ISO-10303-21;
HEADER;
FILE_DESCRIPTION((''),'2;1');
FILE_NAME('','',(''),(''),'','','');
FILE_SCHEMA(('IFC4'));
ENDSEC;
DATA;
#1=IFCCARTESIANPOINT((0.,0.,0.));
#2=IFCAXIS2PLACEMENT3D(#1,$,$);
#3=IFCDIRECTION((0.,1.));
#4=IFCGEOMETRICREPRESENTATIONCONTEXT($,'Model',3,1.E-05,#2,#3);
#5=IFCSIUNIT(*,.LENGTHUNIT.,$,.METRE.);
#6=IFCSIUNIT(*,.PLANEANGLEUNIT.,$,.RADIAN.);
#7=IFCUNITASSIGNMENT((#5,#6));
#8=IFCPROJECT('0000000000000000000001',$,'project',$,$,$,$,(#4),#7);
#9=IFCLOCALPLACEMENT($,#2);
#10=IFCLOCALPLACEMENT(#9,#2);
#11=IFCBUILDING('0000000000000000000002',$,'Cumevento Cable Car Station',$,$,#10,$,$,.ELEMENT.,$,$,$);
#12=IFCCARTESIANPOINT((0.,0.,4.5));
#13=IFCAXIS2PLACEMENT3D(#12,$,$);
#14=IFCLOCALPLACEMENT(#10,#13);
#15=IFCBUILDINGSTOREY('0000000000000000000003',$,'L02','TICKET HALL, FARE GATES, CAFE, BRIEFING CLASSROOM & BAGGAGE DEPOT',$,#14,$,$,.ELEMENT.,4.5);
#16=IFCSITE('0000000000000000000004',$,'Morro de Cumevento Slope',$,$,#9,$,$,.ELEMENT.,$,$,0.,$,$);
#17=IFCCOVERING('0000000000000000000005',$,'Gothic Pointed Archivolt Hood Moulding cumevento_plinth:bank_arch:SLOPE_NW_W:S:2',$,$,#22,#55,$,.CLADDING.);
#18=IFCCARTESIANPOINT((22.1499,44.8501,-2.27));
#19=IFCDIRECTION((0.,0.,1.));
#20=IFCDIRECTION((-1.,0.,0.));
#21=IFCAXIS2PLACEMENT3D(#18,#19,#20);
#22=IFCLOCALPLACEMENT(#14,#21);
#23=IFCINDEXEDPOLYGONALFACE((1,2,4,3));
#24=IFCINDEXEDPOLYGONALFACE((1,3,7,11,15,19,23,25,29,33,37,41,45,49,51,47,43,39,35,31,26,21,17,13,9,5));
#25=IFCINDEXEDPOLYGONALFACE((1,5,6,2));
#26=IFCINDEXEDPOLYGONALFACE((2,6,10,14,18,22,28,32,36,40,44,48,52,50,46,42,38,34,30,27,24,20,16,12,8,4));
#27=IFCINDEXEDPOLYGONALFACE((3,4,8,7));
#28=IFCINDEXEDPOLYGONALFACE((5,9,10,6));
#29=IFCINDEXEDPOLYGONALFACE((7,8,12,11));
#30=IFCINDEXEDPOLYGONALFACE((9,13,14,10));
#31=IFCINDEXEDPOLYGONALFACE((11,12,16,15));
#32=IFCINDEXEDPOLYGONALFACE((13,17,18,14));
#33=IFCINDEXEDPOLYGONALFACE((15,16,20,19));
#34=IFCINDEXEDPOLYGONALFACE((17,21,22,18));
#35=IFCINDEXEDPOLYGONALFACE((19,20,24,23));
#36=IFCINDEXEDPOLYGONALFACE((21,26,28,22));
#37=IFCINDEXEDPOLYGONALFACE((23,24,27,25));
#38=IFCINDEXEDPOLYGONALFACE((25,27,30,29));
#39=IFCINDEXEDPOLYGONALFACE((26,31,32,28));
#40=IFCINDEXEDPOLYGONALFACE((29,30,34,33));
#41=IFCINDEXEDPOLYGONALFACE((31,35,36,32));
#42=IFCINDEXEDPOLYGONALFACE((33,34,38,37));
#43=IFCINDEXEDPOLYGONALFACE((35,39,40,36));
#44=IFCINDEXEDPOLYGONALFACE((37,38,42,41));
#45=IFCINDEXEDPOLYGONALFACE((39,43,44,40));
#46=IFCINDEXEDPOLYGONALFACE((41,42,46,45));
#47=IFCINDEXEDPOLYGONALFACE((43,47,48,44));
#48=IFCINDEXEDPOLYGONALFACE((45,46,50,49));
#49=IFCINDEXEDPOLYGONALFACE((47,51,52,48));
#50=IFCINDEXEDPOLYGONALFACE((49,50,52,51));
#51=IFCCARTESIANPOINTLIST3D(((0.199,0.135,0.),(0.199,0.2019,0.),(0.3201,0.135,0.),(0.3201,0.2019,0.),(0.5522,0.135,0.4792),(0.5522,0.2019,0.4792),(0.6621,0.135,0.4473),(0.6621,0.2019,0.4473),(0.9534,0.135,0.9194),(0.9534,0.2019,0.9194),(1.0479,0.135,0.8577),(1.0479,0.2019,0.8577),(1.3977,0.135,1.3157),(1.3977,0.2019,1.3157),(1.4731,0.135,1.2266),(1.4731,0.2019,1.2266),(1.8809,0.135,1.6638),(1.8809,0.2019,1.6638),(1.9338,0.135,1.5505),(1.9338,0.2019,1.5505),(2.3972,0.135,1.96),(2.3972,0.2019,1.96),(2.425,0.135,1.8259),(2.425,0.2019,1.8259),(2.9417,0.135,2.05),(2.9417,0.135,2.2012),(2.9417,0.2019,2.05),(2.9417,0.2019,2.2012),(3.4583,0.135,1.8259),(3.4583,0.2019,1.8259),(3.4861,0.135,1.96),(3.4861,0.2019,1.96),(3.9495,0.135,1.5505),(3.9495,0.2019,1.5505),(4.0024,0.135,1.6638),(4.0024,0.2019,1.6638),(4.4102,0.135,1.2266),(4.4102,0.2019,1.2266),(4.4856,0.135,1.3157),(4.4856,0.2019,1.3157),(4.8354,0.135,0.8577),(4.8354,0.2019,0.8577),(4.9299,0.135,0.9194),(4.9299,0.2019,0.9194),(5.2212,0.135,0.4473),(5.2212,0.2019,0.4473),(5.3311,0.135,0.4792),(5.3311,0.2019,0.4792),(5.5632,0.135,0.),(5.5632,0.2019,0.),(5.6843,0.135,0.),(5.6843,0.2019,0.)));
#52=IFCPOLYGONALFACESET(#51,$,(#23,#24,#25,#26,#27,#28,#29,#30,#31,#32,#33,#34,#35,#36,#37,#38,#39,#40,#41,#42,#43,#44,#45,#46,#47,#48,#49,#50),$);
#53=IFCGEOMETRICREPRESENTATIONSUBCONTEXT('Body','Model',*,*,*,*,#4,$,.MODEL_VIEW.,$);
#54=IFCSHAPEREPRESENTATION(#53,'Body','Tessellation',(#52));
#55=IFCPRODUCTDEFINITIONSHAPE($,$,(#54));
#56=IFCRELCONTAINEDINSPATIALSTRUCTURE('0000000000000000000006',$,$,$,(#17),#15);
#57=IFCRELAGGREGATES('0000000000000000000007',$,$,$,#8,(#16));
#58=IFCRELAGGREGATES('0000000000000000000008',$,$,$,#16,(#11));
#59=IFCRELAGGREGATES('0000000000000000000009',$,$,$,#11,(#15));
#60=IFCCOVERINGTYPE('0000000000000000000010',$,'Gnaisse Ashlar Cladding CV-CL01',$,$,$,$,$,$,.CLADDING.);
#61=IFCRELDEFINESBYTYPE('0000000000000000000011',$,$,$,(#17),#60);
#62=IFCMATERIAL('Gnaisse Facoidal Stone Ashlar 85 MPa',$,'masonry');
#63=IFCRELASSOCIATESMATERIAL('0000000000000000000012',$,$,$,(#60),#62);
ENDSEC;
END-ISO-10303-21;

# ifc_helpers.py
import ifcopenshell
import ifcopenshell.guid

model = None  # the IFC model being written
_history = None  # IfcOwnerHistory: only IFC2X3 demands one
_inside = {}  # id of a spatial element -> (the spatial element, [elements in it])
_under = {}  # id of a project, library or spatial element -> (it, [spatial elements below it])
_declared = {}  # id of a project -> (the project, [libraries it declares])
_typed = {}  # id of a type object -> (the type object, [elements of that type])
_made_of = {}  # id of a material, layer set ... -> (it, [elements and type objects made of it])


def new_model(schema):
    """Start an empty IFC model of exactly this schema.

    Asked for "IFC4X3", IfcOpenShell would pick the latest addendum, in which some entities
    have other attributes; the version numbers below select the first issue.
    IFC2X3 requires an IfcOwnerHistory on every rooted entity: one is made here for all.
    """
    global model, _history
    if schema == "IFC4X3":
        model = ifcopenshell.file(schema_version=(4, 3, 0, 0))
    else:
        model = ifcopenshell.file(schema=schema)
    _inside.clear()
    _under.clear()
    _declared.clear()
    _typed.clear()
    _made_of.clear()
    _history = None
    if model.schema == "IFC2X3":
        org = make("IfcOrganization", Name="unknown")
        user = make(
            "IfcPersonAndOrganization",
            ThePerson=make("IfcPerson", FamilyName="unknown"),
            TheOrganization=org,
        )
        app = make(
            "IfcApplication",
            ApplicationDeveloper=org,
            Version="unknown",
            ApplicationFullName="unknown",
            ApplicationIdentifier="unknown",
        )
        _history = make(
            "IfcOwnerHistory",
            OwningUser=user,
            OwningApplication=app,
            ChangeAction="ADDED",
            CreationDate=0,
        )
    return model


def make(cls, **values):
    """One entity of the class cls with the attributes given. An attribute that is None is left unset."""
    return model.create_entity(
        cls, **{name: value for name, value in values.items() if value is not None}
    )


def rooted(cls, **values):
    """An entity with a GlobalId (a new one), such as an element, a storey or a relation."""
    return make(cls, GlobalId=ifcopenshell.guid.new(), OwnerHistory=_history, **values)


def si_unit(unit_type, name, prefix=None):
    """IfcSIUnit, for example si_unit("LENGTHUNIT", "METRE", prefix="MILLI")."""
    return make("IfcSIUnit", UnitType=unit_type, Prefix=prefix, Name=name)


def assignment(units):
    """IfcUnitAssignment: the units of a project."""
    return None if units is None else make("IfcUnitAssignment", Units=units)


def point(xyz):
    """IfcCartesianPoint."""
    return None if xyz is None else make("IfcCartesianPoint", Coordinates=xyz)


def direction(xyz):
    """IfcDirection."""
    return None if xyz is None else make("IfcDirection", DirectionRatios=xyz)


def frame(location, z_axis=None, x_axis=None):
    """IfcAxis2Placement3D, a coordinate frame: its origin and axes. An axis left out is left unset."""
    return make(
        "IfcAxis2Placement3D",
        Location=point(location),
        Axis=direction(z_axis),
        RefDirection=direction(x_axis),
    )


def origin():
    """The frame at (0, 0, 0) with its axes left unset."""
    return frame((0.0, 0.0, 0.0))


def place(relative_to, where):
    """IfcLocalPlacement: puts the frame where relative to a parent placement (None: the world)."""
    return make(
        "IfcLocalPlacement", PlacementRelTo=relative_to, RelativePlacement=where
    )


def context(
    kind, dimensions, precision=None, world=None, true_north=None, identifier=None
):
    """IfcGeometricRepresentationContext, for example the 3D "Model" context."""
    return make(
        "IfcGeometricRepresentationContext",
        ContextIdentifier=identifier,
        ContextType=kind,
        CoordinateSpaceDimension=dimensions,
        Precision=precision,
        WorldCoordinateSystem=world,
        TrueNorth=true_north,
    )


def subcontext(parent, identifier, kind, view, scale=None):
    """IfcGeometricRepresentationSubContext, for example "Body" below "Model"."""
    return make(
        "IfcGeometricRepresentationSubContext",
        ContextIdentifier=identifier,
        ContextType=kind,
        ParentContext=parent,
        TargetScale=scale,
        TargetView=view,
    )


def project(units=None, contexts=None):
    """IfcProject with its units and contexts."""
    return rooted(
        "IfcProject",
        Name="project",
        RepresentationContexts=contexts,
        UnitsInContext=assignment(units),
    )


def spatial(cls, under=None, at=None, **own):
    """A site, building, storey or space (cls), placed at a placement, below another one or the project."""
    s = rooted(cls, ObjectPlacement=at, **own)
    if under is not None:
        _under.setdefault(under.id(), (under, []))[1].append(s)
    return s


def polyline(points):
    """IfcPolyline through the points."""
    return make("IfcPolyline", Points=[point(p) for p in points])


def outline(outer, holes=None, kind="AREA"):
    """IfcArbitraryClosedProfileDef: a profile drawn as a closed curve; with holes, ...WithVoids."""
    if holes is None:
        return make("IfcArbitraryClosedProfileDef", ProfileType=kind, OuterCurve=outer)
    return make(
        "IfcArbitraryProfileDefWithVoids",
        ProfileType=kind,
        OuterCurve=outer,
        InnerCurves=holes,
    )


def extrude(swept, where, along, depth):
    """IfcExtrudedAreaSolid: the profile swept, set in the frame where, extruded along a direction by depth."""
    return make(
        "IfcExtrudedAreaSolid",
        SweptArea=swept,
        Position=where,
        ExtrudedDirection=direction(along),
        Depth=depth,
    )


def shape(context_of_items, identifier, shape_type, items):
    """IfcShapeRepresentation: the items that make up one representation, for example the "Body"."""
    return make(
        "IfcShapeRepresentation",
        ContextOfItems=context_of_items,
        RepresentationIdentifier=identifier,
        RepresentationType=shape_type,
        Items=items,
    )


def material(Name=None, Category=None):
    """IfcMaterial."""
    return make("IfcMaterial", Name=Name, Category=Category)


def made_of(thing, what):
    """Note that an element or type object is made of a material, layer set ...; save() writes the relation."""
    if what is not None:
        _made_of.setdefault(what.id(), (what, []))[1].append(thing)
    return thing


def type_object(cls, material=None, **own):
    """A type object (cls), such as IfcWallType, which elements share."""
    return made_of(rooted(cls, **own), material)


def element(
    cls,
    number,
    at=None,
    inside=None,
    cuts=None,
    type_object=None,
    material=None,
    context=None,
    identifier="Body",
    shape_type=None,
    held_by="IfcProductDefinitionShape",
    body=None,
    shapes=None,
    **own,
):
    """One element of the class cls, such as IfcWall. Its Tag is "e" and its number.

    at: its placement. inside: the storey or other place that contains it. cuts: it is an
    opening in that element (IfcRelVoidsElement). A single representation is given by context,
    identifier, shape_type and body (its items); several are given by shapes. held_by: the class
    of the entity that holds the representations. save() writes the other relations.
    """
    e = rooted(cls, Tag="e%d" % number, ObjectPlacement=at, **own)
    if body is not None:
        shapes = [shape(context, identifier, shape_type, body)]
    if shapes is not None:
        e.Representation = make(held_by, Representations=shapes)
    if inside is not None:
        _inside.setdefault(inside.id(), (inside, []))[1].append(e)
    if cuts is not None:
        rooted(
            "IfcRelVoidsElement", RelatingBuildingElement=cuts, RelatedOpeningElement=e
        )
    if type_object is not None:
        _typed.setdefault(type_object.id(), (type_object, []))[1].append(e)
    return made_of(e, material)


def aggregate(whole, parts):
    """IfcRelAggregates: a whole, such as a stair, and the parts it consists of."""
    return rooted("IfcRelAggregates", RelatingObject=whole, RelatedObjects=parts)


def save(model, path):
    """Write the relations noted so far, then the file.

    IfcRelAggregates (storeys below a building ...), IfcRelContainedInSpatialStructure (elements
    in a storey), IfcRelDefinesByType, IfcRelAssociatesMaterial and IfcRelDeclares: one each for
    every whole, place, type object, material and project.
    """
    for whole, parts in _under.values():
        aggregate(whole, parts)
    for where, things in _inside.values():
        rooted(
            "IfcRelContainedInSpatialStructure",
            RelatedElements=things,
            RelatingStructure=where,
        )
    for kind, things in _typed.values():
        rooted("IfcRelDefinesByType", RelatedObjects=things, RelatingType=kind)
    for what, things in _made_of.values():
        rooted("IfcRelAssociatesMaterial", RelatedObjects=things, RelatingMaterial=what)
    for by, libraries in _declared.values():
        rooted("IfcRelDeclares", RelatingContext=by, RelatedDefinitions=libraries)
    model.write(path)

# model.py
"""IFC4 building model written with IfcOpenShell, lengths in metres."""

from ifc_helpers import new_model, si_unit, direction, frame, origin, place, context, subcontext, project, spatial, polyline, outline, extrude, material, type_object, element, save


model = new_model("IFC4")

# Units and contexts
model_context = context("Model", 3, precision=1e-05, world=origin(), true_north=direction((0.0, 1.0)))
body_context = subcontext(model_context, "Body", "Model", "MODEL_VIEW")
ifc_project = project(units=[si_unit("LENGTHUNIT", "METRE"), si_unit("PLANEANGLEUNIT", "RADIAN")], contexts=[model_context])

# Site, building, storey
site_placement = place(None, origin())
site = spatial("IfcSite", under=ifc_project, at=site_placement, Name="Morro de Cumevento Slope", CompositionType="ELEMENT", RefElevation=0.0)
building_placement = place(site_placement, origin())
building = spatial("IfcBuilding", under=site, at=building_placement, Name="Cumevento Cable Car Station", CompositionType="ELEMENT")
storey_placement = place(building_placement, frame((0.0, 0.0, 4.5)))
storey = spatial("IfcBuildingStorey", under=building, at=storey_placement, Name="L02", Description="TICKET HALL, FARE GATES, CAFE, BRIEFING CLASSROOM & BAGGAGE DEPOT", CompositionType="ELEMENT", Elevation=4.5)

# Covering
ifc_material_1 = material(Name="Gnaisse Facoidal Stone Ashlar 85 MPa", Category="masonry")
covering_type = type_object("IfcCoveringType", Name="Gnaisse Ashlar Cladding CV-CL01", PredefinedType="CLADDING", material=ifc_material_1)
covering_1_placement = place(storey_placement, frame((22.1499, 44.8501, -2.27), z_axis=(0.0, 0.0, 1.0), x_axis=(-1.0, 0.0, 0.0)))
element("IfcCovering", 1, at=covering_1_placement, inside=storey, type_object=covering_type, Name="Gothic Pointed Archivolt Hood Moulding cumevento_plinth:bank_arch:SLOPE_NW_W:S:2", PredefinedType="CLADDING", context=body_context, shape_type="SweptSolid", body=[
    extrude(outline(polyline([(0.3201, 0.0), (0.6621, 0.4473), (1.0479, 0.8577), (1.4731, 1.2266), (1.9338, 1.5505), (2.425, 1.8259), (2.9417, 2.05), (3.4583, 1.8259), (3.9495, 1.5505), (4.4102, 1.2266), (4.8354, 0.8577), (5.2212, 0.4473), (5.5632, 0.0), (5.6843, 0.0), (5.3311, 0.4792), (4.9299, 0.9194), (4.4856, 1.3157), (4.0024, 1.6638), (3.4861, 1.96), (2.9417, 2.2012), (2.3972, 1.96), (1.8809, 1.6638), (1.3977, 1.3157), (0.9534, 0.9194), (0.5522, 0.4792), (0.199, 0.0), (0.3201, 0.0)])), frame((0.0, 0.2019, 0.0), z_axis=(0.0, -1.0, 0.0), x_axis=(1.0, 0.0, 0.0)), (0.0, 0.0, 1.0), 0.0669),
])

save(model, "model.ifc")
